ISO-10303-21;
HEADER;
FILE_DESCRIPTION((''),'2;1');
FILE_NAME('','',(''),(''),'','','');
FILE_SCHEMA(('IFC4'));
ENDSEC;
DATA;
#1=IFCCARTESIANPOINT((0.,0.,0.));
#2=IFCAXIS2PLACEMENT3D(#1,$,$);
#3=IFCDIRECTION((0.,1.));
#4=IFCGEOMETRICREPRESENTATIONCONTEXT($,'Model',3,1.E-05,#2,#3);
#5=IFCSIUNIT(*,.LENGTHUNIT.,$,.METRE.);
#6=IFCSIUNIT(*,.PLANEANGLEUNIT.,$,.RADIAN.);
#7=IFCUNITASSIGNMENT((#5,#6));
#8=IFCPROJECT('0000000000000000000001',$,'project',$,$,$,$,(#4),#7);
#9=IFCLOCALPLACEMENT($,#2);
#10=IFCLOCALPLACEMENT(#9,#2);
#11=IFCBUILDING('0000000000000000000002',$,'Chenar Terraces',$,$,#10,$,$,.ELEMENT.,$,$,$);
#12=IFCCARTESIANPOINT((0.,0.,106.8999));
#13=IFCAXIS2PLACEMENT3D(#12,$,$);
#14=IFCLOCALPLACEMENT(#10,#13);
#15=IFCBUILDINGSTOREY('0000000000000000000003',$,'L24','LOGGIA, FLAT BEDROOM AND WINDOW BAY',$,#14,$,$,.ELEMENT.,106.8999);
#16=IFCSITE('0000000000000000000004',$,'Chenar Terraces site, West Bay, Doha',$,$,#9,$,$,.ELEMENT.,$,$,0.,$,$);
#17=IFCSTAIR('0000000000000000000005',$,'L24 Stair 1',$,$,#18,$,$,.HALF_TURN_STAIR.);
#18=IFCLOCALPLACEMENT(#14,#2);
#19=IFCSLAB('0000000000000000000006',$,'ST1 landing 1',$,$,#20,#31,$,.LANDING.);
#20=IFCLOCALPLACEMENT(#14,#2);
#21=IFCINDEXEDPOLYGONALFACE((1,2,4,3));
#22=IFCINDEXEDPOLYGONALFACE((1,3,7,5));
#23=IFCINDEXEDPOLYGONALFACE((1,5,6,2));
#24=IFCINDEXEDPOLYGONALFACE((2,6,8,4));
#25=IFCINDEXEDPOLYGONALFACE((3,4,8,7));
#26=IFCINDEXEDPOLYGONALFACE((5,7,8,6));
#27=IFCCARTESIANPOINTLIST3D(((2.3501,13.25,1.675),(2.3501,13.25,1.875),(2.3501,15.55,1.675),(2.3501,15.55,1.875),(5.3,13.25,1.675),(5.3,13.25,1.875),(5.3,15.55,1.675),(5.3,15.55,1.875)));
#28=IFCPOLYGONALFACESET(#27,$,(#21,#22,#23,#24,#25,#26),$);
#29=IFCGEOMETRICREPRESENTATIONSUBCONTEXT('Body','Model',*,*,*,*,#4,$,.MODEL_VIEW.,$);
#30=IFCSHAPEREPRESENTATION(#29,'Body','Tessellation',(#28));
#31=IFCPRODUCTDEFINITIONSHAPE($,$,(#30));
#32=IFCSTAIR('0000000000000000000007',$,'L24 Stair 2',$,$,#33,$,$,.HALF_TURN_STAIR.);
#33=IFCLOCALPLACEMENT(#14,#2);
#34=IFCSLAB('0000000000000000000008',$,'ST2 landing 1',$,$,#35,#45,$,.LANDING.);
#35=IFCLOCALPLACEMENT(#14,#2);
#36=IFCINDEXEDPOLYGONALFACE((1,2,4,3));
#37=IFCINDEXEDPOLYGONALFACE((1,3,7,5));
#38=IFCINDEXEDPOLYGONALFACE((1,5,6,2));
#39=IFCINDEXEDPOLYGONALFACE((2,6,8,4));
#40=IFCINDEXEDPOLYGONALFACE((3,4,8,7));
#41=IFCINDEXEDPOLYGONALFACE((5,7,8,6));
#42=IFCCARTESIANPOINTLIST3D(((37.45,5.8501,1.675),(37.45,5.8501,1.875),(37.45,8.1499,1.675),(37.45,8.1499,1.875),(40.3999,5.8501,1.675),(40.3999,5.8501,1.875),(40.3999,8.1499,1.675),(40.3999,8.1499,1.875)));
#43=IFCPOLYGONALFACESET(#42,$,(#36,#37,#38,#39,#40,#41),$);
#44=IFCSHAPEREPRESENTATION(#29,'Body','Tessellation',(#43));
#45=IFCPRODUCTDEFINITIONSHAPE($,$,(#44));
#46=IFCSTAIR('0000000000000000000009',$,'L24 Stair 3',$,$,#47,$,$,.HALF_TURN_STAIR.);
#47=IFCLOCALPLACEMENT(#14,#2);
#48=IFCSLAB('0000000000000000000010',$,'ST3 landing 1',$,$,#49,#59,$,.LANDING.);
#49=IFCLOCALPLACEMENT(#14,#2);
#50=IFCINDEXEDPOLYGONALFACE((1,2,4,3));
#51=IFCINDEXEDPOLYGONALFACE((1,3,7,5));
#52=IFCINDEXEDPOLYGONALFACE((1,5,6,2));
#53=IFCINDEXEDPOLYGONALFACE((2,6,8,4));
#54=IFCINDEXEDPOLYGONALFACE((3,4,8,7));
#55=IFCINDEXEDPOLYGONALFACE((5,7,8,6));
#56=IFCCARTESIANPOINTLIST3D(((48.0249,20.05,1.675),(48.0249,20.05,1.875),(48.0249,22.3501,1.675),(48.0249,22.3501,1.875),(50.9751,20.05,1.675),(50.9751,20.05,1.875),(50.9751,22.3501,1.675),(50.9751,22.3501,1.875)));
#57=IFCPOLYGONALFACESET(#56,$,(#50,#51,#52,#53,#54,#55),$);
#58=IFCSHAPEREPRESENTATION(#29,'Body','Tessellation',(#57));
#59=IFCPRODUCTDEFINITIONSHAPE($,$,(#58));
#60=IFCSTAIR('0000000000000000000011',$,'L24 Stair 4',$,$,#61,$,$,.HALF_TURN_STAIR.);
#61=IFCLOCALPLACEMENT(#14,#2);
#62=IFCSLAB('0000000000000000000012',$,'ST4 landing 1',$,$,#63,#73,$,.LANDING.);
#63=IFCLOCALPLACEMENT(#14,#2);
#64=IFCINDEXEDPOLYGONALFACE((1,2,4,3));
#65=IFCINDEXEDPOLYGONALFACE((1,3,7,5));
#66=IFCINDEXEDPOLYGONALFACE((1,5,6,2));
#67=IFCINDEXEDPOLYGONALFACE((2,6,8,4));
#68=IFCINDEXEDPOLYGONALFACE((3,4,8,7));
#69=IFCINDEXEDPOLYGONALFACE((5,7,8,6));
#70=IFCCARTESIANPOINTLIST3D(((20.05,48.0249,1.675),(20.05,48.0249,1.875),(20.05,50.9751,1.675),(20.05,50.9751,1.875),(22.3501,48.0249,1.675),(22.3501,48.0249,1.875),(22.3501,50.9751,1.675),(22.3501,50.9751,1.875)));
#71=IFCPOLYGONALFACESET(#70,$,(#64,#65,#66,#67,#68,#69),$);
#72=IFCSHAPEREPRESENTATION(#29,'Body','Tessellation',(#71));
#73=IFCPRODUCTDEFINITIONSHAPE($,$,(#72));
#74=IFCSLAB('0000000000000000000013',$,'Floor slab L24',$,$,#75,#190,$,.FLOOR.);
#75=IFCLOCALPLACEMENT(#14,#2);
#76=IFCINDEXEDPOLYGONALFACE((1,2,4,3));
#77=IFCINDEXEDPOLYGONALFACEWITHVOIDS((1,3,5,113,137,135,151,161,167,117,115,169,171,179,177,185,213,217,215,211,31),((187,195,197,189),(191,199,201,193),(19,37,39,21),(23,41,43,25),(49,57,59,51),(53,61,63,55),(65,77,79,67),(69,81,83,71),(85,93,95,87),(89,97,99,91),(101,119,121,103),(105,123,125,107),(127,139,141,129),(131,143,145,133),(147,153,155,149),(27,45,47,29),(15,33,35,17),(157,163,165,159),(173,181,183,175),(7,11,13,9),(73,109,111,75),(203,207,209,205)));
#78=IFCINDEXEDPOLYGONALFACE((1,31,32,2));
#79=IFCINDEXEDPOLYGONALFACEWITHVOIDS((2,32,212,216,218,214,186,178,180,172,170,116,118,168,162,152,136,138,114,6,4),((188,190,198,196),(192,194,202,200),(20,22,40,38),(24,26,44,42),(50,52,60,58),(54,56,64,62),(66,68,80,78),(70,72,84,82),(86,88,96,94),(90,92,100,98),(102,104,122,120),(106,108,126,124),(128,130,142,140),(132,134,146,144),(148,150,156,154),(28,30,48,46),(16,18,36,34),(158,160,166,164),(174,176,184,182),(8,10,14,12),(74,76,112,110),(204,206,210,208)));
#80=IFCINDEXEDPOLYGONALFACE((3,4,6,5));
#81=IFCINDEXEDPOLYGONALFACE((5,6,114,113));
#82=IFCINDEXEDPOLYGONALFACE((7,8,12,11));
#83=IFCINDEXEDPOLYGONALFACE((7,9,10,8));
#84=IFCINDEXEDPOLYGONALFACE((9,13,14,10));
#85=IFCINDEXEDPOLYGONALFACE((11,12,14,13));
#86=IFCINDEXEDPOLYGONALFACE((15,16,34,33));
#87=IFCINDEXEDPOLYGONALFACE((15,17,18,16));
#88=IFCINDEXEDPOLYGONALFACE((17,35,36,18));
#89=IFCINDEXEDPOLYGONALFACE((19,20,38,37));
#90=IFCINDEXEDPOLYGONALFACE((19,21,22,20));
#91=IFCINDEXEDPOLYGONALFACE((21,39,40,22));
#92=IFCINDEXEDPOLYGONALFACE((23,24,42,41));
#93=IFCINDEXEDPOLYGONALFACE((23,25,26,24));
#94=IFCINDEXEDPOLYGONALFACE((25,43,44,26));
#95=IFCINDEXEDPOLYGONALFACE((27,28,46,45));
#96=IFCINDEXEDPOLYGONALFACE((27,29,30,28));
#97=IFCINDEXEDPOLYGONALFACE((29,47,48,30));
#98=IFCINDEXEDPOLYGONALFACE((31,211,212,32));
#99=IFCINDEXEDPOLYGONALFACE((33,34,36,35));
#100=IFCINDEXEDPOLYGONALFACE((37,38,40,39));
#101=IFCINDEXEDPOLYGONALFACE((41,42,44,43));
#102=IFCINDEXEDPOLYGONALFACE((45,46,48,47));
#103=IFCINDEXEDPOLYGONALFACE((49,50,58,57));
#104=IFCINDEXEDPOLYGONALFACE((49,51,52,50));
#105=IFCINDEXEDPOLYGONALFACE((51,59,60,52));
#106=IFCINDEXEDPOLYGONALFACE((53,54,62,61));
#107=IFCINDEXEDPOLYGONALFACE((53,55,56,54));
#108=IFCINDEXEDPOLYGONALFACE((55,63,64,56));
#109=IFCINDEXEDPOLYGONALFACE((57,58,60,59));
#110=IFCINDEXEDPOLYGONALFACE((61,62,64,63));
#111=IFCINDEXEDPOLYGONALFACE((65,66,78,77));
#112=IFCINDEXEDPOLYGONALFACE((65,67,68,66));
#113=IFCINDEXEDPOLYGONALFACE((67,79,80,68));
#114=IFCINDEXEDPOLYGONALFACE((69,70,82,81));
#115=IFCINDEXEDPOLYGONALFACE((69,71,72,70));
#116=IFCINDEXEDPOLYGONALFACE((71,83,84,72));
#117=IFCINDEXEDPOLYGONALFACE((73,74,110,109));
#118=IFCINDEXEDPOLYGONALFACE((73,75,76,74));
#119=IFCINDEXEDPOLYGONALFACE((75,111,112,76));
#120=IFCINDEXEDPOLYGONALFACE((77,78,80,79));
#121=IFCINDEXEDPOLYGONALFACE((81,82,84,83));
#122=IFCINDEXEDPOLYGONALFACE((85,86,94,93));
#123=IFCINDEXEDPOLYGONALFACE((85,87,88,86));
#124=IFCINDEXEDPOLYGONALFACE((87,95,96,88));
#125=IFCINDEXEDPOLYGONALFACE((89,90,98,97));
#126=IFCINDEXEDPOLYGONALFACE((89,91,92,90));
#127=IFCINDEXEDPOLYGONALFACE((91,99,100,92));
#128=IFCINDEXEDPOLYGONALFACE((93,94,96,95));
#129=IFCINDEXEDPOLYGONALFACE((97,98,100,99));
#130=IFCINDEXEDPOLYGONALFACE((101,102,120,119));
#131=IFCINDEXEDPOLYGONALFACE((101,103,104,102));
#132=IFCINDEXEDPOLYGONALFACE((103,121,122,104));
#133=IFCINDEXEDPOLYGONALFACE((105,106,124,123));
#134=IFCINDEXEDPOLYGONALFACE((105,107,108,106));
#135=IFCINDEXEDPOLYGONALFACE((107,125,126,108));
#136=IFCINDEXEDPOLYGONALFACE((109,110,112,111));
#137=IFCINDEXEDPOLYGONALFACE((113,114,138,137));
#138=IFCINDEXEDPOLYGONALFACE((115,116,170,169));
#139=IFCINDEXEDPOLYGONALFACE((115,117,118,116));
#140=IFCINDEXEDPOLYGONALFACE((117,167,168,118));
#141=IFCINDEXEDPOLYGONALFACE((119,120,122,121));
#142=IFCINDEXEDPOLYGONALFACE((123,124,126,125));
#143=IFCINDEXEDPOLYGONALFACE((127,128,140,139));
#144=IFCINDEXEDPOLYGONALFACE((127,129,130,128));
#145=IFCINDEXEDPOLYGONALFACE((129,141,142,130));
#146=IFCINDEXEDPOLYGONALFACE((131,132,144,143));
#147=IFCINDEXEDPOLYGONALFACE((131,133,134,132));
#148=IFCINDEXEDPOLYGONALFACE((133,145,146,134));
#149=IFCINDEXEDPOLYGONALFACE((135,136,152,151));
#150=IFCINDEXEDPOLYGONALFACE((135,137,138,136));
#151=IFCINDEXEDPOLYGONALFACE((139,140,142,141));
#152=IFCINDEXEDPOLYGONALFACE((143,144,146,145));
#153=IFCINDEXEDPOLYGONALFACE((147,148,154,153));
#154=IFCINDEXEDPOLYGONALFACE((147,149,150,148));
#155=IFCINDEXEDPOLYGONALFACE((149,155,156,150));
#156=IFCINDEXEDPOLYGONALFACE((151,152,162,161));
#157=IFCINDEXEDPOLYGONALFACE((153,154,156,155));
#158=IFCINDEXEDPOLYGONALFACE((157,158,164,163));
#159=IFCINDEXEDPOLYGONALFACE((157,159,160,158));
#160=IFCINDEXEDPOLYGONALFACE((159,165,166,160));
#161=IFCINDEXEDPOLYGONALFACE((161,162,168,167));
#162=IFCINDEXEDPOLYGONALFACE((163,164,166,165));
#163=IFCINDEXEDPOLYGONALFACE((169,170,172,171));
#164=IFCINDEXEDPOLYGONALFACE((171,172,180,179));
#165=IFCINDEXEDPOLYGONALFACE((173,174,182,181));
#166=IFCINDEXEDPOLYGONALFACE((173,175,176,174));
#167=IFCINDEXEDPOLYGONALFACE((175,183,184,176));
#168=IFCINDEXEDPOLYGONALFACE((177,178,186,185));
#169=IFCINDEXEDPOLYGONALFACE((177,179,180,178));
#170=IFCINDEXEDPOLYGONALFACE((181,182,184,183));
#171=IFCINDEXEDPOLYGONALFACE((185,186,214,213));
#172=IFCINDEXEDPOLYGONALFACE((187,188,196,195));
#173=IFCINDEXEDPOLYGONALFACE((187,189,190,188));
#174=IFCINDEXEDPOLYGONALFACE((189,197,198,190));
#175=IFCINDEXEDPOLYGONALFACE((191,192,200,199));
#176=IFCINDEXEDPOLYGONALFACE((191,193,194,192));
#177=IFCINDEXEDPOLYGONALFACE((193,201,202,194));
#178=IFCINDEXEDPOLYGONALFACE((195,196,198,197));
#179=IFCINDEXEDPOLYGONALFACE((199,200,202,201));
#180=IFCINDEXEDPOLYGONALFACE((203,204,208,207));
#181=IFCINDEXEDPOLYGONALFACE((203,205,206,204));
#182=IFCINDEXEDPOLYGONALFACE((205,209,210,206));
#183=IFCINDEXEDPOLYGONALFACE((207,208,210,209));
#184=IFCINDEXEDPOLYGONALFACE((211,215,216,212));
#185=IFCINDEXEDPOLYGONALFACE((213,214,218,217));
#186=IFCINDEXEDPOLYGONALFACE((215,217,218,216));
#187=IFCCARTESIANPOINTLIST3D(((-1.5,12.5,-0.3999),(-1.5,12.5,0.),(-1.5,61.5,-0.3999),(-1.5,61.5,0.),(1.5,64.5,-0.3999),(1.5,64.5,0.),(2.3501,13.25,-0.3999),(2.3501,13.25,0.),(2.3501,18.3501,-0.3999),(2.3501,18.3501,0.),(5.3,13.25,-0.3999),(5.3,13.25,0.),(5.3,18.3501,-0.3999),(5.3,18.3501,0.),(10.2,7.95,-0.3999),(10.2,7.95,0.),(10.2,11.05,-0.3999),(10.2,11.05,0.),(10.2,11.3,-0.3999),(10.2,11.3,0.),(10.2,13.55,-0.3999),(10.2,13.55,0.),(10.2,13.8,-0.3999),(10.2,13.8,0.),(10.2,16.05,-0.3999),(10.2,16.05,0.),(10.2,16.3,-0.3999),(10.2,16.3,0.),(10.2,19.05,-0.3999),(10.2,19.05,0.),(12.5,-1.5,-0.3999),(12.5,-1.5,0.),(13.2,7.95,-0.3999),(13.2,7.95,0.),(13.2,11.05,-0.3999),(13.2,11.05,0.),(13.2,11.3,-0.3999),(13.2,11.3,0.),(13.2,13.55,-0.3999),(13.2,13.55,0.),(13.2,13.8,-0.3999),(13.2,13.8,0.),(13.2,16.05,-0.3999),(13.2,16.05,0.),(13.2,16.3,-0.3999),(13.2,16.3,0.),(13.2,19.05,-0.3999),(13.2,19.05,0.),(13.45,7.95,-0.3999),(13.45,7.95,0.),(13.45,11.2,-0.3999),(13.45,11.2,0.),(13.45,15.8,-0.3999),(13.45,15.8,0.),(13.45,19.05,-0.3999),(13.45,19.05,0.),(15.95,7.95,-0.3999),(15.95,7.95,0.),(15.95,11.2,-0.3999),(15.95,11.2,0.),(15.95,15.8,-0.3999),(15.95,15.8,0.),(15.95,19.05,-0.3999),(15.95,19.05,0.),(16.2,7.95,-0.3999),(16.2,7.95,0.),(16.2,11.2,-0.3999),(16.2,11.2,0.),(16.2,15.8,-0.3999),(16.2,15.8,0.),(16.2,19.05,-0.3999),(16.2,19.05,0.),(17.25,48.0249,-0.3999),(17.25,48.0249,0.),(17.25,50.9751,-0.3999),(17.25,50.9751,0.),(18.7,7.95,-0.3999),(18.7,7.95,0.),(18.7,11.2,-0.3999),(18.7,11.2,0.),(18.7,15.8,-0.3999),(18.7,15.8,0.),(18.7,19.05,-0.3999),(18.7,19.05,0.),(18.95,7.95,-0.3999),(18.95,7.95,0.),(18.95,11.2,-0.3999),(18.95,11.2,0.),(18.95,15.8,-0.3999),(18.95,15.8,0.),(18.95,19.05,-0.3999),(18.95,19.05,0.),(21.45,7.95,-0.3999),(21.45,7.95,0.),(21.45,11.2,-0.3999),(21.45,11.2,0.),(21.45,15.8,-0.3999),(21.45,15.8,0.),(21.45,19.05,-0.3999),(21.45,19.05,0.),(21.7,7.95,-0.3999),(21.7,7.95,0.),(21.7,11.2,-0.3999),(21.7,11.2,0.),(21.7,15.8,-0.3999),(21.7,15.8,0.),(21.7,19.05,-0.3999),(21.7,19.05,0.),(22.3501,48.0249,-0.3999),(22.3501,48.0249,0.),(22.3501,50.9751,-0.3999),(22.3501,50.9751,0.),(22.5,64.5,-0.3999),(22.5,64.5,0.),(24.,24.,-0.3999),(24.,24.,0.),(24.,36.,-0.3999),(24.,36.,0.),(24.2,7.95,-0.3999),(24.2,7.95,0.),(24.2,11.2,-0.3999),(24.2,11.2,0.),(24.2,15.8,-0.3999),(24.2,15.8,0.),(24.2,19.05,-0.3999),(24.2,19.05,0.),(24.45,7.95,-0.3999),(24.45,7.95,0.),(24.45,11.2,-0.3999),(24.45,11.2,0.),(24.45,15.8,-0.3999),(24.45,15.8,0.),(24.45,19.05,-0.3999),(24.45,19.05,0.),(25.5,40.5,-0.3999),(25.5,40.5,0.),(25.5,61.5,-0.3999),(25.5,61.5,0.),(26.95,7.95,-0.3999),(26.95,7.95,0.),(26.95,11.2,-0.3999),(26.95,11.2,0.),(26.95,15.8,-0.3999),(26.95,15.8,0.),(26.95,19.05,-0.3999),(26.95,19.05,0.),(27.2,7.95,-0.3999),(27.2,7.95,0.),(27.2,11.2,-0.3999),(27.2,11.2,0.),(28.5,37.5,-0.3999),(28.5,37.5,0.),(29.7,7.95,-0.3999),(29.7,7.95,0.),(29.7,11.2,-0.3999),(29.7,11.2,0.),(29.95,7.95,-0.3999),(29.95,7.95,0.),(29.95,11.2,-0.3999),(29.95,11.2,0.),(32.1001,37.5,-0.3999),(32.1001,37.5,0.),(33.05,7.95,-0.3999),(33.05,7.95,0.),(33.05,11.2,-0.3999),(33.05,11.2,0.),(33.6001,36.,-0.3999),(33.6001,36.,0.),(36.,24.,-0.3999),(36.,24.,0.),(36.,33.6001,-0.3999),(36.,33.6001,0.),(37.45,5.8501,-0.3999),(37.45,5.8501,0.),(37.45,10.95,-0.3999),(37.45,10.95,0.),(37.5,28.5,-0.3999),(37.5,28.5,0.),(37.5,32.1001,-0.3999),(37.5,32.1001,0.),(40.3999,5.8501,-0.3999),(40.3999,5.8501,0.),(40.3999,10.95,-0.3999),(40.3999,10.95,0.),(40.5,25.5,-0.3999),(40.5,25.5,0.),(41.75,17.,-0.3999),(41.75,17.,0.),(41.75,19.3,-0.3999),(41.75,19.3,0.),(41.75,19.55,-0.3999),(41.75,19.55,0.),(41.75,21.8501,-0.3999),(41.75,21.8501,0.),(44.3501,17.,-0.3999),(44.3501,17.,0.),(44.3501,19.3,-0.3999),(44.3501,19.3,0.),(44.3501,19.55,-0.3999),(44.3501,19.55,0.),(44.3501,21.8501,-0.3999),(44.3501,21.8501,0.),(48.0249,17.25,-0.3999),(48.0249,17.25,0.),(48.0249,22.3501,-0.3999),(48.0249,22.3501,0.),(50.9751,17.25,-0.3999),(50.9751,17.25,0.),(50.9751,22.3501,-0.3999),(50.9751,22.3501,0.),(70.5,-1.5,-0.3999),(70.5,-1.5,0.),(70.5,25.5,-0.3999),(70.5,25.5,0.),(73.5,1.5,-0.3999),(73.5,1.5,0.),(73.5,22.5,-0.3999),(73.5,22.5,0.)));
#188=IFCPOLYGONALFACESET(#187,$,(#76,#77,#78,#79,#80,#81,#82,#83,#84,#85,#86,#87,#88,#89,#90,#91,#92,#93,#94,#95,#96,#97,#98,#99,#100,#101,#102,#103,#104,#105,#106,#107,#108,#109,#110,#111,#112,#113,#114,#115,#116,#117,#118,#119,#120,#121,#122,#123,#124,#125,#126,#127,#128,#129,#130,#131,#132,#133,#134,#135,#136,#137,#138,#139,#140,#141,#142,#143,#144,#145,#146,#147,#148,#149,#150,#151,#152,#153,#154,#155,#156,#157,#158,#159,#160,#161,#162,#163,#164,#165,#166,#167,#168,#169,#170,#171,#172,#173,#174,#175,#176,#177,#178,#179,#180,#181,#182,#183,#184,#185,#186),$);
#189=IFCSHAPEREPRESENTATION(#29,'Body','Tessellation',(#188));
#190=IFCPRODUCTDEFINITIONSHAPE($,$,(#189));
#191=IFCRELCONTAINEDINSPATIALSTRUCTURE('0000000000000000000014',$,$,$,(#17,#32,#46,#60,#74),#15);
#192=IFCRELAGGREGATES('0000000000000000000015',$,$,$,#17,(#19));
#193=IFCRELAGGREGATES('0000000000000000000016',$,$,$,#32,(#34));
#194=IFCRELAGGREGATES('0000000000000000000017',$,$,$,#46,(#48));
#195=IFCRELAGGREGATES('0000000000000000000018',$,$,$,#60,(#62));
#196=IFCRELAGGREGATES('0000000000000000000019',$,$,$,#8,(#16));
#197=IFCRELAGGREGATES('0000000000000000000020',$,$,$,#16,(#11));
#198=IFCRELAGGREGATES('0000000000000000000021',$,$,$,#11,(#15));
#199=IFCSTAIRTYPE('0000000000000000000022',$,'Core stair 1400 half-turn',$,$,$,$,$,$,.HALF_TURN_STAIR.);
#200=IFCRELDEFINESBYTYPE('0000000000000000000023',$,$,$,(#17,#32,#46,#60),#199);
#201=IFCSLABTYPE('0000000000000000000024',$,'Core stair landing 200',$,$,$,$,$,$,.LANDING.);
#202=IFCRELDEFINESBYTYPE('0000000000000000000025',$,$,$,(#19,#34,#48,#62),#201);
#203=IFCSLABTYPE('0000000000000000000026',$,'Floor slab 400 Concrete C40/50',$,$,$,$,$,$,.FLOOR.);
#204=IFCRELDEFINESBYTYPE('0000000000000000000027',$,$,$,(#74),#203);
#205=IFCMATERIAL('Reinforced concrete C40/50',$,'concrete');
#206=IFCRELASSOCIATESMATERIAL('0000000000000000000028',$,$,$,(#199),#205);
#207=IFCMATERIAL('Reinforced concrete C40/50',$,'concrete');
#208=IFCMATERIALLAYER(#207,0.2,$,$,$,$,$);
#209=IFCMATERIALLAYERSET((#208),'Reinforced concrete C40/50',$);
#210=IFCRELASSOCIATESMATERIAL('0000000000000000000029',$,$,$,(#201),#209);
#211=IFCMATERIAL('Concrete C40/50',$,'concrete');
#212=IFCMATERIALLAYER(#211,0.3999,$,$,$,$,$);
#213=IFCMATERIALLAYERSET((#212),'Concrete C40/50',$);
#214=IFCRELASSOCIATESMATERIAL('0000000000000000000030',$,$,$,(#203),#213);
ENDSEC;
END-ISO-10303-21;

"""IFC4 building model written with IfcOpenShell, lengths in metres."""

from ifc_helpers import new_model, si_unit, direction, frame, origin, place, context, subcontext, project, spatial, polyline, outline, extrude, material, layer, layer_set, type_object, element, aggregate, save


model = new_model("IFC4")

# Units and contexts
model_context = context("Model", 3, precision=1e-05, world=origin(), true_north=direction((0.0, 1.0)))
body_context = subcontext(model_context, "Body", "Model", "MODEL_VIEW")
ifc_project = project(units=[si_unit("LENGTHUNIT", "METRE"), si_unit("PLANEANGLEUNIT", "RADIAN")], contexts=[model_context])

# Site, building, storey
site_placement = place(None, origin())
site = spatial("IfcSite", under=ifc_project, at=site_placement, Name="Chenar Terraces site, West Bay, Doha", CompositionType="ELEMENT", RefElevation=0.0)
building_placement = place(site_placement, origin())
building = spatial("IfcBuilding", under=site, at=building_placement, Name="Chenar Terraces", CompositionType="ELEMENT")
storey_placement = place(building_placement, frame((0.0, 0.0, 106.8999)))
storey = spatial("IfcBuildingStorey", under=building, at=storey_placement, Name="L24", Description="LOGGIA, FLAT BEDROOM AND WINDOW BAY", CompositionType="ELEMENT", Elevation=106.8999)

# Stairs, slabs
ifc_material_1 = material(Name="Reinforced concrete C40/50", Category="concrete")
stair_type = type_object("IfcStairType", Name="Core stair 1400 half-turn", PredefinedType="HALF_TURN_STAIR", material=ifc_material_1)
placement_1 = place(storey_placement, origin())
stair_1 = element("IfcStair", 1, at=placement_1, inside=storey, type_object=stair_type, Name="L24 Stair 1", PredefinedType="HALF_TURN_STAIR")
ifc_material_2 = material(Name="Reinforced concrete C40/50", Category="concrete")
ifc_layer_1 = layer(ifc_material_2, 0.2)
ifc_layer_set_1 = layer_set([ifc_layer_1], Name="Reinforced concrete C40/50")
slab_type_1 = type_object("IfcSlabType", Name="Core stair landing 200", PredefinedType="LANDING", material=ifc_layer_set_1)
placement_2 = place(storey_placement, frame((0.0, 0.0, 1.675)))
slab_1 = element("IfcSlab", 2, at=placement_2, type_object=slab_type_1, Name="ST1 landing 1", PredefinedType="LANDING", context=body_context, shape_type="SweptSolid", body=[
    extrude(outline(polyline([(2.3501, 15.55), (2.3501, 13.25), (5.3, 13.25), (5.3, 15.55), (2.3501, 15.55)])), origin(), (0.0, 0.0, 1.0), 0.2),
])
aggregate(stair_1, [slab_1])
stair_2 = element("IfcStair", 3, at=placement_1, inside=storey, type_object=stair_type, Name="L24 Stair 2", PredefinedType="HALF_TURN_STAIR")
slab_2 = element("IfcSlab", 4, at=placement_2, type_object=slab_type_1, Name="ST2 landing 1", PredefinedType="LANDING", context=body_context, shape_type="SweptSolid", body=[
    extrude(outline(polyline([(37.45, 8.1499), (37.45, 5.8501), (40.3999, 5.8501), (40.3999, 8.1499), (37.45, 8.1499)])), origin(), (0.0, 0.0, 1.0), 0.2),
])
aggregate(stair_2, [slab_2])
stair_3 = element("IfcStair", 5, at=placement_1, inside=storey, type_object=stair_type, Name="L24 Stair 3", PredefinedType="HALF_TURN_STAIR")
slab_3 = element("IfcSlab", 6, at=placement_2, type_object=slab_type_1, Name="ST3 landing 1", PredefinedType="LANDING", context=body_context, shape_type="SweptSolid", body=[
    extrude(outline(polyline([(50.9751, 20.05), (50.9751, 22.3501), (48.0249, 22.3501), (48.0249, 20.05), (50.9751, 20.05)])), origin(), (0.0, 0.0, 1.0), 0.2),
])
aggregate(stair_3, [slab_3])
stair_4 = element("IfcStair", 7, at=placement_1, inside=storey, type_object=stair_type, Name="L24 Stair 4", PredefinedType="HALF_TURN_STAIR")
slab_4 = element("IfcSlab", 8, at=placement_2, type_object=slab_type_1, Name="ST4 landing 1", PredefinedType="LANDING", context=body_context, shape_type="SweptSolid", body=[
    extrude(outline(polyline([(20.05, 48.0249), (22.3501, 48.0249), (22.3501, 50.9751), (20.05, 50.9751), (20.05, 48.0249)])), origin(), (0.0, 0.0, 1.0), 0.2),
])
aggregate(stair_4, [slab_4])

# Slab
ifc_material_3 = material(Name="Concrete C40/50", Category="concrete")
ifc_layer_2 = layer(ifc_material_3, 0.3999)
ifc_layer_set_2 = layer_set([ifc_layer_2], Name="Concrete C40/50")
slab_type_2 = type_object("IfcSlabType", Name="Floor slab 400 Concrete C40/50", PredefinedType="FLOOR", material=ifc_layer_set_2)
slab_5_placement = place(storey_placement, frame((0.0, 0.0, -0.3999)))
element("IfcSlab", 9, at=slab_5_placement, inside=storey, type_object=slab_type_2, Name="Floor slab L24", PredefinedType="FLOOR", context=body_context, shape_type="SweptSolid", body=[
    extrude(outline(polyline([(73.5, 22.5), (73.5, 1.5), (70.5, -1.5), (12.5, -1.5), (-1.5, 12.5), (-1.5, 61.5), (1.5, 64.5), (22.5, 64.5), (25.5, 61.5), (25.5, 40.5), (28.5, 37.5), (32.1001, 37.5), (33.6001, 36.0), (24.0, 36.0), (24.0, 24.0), (36.0, 24.0), (36.0, 33.6001), (37.5, 32.1001), (37.5, 28.5), (40.5, 25.5), (70.5, 25.5), (73.5, 22.5)]), holes=[polyline([(13.2, 11.05), (10.2, 11.05), (10.2, 7.95), (13.2, 7.95), (13.2, 11.05)]), polyline([(15.95, 11.2), (13.45, 11.2), (13.45, 7.95), (15.95, 7.95), (15.95, 11.2)]), polyline([(18.7, 11.2), (16.2, 11.2), (16.2, 7.95), (18.7, 7.95), (18.7, 11.2)]), polyline([(21.45, 7.95), (21.45, 11.2), (18.95, 11.2), (18.95, 7.95), (21.45, 7.95)]), polyline([(13.2, 11.3), (13.2, 13.55), (10.2, 13.55), (10.2, 11.3), (13.2, 11.3)]), polyline([(13.2, 16.05), (10.2, 16.05), (10.2, 13.8), (13.2, 13.8), (13.2, 16.05)]), polyline([(2.3501, 18.3501), (2.3501, 13.25), (5.3, 13.25), (5.3, 18.3501), (2.3501, 18.3501)]), polyline([(15.95, 15.8), (15.95, 19.05), (13.45, 19.05), (13.45, 15.8), (15.95, 15.8)]), polyline([(18.7, 19.05), (16.2, 19.05), (16.2, 15.8), (18.7, 15.8), (18.7, 19.05)]), polyline([(21.45, 15.8), (21.45, 19.05), (18.95, 19.05), (18.95, 15.8), (21.45, 15.8)]), polyline([(13.2, 16.3), (13.2, 19.05), (10.2, 19.05), (10.2, 16.3), (13.2, 16.3)]), polyline([(22.3501, 48.0249), (22.3501, 50.9751), (17.25, 50.9751), (17.25, 48.0249), (22.3501, 48.0249)]), polyline([(37.45, 10.95), (37.45, 5.8501), (40.3999, 5.8501), (40.3999, 10.95), (37.45, 10.95)]), polyline([(24.2, 7.95), (24.2, 11.2), (21.7, 11.2), (21.7, 7.95), (24.2, 7.95)]), polyline([(26.95, 11.2), (24.45, 11.2), (24.45, 7.95), (26.95, 7.95), (26.95, 11.2)]), polyline([(29.7, 7.95), (29.7, 11.2), (27.2, 11.2), (27.2, 7.95), (29.7, 7.95)]), polyline([(33.05, 7.95), (33.05, 11.2), (29.95, 11.2), (29.95, 7.95), (33.05, 7.95)]), polyline([(24.2, 19.05), (21.7, 19.05), (21.7, 15.8), (24.2, 15.8), (24.2, 19.05)]), polyline([(26.95, 15.8), (26.95, 19.05), (24.45, 19.05), (24.45, 15.8), (26.95, 15.8)]), polyline([(44.3501, 17.0), (44.3501, 19.3), (41.75, 19.3), (41.75, 17.0), (44.3501, 17.0)]), polyline([(50.9751, 22.3501), (48.0249, 22.3501), (48.0249, 17.25), (50.9751, 17.25), (50.9751, 22.3501)]), polyline([(44.3501, 19.55), (44.3501, 21.8501), (41.75, 21.8501), (41.75, 19.55), (44.3501, 19.55)])]), origin(), (0.0, 0.0, 1.0), 0.3999),
])

save(model, "model.ifc")
